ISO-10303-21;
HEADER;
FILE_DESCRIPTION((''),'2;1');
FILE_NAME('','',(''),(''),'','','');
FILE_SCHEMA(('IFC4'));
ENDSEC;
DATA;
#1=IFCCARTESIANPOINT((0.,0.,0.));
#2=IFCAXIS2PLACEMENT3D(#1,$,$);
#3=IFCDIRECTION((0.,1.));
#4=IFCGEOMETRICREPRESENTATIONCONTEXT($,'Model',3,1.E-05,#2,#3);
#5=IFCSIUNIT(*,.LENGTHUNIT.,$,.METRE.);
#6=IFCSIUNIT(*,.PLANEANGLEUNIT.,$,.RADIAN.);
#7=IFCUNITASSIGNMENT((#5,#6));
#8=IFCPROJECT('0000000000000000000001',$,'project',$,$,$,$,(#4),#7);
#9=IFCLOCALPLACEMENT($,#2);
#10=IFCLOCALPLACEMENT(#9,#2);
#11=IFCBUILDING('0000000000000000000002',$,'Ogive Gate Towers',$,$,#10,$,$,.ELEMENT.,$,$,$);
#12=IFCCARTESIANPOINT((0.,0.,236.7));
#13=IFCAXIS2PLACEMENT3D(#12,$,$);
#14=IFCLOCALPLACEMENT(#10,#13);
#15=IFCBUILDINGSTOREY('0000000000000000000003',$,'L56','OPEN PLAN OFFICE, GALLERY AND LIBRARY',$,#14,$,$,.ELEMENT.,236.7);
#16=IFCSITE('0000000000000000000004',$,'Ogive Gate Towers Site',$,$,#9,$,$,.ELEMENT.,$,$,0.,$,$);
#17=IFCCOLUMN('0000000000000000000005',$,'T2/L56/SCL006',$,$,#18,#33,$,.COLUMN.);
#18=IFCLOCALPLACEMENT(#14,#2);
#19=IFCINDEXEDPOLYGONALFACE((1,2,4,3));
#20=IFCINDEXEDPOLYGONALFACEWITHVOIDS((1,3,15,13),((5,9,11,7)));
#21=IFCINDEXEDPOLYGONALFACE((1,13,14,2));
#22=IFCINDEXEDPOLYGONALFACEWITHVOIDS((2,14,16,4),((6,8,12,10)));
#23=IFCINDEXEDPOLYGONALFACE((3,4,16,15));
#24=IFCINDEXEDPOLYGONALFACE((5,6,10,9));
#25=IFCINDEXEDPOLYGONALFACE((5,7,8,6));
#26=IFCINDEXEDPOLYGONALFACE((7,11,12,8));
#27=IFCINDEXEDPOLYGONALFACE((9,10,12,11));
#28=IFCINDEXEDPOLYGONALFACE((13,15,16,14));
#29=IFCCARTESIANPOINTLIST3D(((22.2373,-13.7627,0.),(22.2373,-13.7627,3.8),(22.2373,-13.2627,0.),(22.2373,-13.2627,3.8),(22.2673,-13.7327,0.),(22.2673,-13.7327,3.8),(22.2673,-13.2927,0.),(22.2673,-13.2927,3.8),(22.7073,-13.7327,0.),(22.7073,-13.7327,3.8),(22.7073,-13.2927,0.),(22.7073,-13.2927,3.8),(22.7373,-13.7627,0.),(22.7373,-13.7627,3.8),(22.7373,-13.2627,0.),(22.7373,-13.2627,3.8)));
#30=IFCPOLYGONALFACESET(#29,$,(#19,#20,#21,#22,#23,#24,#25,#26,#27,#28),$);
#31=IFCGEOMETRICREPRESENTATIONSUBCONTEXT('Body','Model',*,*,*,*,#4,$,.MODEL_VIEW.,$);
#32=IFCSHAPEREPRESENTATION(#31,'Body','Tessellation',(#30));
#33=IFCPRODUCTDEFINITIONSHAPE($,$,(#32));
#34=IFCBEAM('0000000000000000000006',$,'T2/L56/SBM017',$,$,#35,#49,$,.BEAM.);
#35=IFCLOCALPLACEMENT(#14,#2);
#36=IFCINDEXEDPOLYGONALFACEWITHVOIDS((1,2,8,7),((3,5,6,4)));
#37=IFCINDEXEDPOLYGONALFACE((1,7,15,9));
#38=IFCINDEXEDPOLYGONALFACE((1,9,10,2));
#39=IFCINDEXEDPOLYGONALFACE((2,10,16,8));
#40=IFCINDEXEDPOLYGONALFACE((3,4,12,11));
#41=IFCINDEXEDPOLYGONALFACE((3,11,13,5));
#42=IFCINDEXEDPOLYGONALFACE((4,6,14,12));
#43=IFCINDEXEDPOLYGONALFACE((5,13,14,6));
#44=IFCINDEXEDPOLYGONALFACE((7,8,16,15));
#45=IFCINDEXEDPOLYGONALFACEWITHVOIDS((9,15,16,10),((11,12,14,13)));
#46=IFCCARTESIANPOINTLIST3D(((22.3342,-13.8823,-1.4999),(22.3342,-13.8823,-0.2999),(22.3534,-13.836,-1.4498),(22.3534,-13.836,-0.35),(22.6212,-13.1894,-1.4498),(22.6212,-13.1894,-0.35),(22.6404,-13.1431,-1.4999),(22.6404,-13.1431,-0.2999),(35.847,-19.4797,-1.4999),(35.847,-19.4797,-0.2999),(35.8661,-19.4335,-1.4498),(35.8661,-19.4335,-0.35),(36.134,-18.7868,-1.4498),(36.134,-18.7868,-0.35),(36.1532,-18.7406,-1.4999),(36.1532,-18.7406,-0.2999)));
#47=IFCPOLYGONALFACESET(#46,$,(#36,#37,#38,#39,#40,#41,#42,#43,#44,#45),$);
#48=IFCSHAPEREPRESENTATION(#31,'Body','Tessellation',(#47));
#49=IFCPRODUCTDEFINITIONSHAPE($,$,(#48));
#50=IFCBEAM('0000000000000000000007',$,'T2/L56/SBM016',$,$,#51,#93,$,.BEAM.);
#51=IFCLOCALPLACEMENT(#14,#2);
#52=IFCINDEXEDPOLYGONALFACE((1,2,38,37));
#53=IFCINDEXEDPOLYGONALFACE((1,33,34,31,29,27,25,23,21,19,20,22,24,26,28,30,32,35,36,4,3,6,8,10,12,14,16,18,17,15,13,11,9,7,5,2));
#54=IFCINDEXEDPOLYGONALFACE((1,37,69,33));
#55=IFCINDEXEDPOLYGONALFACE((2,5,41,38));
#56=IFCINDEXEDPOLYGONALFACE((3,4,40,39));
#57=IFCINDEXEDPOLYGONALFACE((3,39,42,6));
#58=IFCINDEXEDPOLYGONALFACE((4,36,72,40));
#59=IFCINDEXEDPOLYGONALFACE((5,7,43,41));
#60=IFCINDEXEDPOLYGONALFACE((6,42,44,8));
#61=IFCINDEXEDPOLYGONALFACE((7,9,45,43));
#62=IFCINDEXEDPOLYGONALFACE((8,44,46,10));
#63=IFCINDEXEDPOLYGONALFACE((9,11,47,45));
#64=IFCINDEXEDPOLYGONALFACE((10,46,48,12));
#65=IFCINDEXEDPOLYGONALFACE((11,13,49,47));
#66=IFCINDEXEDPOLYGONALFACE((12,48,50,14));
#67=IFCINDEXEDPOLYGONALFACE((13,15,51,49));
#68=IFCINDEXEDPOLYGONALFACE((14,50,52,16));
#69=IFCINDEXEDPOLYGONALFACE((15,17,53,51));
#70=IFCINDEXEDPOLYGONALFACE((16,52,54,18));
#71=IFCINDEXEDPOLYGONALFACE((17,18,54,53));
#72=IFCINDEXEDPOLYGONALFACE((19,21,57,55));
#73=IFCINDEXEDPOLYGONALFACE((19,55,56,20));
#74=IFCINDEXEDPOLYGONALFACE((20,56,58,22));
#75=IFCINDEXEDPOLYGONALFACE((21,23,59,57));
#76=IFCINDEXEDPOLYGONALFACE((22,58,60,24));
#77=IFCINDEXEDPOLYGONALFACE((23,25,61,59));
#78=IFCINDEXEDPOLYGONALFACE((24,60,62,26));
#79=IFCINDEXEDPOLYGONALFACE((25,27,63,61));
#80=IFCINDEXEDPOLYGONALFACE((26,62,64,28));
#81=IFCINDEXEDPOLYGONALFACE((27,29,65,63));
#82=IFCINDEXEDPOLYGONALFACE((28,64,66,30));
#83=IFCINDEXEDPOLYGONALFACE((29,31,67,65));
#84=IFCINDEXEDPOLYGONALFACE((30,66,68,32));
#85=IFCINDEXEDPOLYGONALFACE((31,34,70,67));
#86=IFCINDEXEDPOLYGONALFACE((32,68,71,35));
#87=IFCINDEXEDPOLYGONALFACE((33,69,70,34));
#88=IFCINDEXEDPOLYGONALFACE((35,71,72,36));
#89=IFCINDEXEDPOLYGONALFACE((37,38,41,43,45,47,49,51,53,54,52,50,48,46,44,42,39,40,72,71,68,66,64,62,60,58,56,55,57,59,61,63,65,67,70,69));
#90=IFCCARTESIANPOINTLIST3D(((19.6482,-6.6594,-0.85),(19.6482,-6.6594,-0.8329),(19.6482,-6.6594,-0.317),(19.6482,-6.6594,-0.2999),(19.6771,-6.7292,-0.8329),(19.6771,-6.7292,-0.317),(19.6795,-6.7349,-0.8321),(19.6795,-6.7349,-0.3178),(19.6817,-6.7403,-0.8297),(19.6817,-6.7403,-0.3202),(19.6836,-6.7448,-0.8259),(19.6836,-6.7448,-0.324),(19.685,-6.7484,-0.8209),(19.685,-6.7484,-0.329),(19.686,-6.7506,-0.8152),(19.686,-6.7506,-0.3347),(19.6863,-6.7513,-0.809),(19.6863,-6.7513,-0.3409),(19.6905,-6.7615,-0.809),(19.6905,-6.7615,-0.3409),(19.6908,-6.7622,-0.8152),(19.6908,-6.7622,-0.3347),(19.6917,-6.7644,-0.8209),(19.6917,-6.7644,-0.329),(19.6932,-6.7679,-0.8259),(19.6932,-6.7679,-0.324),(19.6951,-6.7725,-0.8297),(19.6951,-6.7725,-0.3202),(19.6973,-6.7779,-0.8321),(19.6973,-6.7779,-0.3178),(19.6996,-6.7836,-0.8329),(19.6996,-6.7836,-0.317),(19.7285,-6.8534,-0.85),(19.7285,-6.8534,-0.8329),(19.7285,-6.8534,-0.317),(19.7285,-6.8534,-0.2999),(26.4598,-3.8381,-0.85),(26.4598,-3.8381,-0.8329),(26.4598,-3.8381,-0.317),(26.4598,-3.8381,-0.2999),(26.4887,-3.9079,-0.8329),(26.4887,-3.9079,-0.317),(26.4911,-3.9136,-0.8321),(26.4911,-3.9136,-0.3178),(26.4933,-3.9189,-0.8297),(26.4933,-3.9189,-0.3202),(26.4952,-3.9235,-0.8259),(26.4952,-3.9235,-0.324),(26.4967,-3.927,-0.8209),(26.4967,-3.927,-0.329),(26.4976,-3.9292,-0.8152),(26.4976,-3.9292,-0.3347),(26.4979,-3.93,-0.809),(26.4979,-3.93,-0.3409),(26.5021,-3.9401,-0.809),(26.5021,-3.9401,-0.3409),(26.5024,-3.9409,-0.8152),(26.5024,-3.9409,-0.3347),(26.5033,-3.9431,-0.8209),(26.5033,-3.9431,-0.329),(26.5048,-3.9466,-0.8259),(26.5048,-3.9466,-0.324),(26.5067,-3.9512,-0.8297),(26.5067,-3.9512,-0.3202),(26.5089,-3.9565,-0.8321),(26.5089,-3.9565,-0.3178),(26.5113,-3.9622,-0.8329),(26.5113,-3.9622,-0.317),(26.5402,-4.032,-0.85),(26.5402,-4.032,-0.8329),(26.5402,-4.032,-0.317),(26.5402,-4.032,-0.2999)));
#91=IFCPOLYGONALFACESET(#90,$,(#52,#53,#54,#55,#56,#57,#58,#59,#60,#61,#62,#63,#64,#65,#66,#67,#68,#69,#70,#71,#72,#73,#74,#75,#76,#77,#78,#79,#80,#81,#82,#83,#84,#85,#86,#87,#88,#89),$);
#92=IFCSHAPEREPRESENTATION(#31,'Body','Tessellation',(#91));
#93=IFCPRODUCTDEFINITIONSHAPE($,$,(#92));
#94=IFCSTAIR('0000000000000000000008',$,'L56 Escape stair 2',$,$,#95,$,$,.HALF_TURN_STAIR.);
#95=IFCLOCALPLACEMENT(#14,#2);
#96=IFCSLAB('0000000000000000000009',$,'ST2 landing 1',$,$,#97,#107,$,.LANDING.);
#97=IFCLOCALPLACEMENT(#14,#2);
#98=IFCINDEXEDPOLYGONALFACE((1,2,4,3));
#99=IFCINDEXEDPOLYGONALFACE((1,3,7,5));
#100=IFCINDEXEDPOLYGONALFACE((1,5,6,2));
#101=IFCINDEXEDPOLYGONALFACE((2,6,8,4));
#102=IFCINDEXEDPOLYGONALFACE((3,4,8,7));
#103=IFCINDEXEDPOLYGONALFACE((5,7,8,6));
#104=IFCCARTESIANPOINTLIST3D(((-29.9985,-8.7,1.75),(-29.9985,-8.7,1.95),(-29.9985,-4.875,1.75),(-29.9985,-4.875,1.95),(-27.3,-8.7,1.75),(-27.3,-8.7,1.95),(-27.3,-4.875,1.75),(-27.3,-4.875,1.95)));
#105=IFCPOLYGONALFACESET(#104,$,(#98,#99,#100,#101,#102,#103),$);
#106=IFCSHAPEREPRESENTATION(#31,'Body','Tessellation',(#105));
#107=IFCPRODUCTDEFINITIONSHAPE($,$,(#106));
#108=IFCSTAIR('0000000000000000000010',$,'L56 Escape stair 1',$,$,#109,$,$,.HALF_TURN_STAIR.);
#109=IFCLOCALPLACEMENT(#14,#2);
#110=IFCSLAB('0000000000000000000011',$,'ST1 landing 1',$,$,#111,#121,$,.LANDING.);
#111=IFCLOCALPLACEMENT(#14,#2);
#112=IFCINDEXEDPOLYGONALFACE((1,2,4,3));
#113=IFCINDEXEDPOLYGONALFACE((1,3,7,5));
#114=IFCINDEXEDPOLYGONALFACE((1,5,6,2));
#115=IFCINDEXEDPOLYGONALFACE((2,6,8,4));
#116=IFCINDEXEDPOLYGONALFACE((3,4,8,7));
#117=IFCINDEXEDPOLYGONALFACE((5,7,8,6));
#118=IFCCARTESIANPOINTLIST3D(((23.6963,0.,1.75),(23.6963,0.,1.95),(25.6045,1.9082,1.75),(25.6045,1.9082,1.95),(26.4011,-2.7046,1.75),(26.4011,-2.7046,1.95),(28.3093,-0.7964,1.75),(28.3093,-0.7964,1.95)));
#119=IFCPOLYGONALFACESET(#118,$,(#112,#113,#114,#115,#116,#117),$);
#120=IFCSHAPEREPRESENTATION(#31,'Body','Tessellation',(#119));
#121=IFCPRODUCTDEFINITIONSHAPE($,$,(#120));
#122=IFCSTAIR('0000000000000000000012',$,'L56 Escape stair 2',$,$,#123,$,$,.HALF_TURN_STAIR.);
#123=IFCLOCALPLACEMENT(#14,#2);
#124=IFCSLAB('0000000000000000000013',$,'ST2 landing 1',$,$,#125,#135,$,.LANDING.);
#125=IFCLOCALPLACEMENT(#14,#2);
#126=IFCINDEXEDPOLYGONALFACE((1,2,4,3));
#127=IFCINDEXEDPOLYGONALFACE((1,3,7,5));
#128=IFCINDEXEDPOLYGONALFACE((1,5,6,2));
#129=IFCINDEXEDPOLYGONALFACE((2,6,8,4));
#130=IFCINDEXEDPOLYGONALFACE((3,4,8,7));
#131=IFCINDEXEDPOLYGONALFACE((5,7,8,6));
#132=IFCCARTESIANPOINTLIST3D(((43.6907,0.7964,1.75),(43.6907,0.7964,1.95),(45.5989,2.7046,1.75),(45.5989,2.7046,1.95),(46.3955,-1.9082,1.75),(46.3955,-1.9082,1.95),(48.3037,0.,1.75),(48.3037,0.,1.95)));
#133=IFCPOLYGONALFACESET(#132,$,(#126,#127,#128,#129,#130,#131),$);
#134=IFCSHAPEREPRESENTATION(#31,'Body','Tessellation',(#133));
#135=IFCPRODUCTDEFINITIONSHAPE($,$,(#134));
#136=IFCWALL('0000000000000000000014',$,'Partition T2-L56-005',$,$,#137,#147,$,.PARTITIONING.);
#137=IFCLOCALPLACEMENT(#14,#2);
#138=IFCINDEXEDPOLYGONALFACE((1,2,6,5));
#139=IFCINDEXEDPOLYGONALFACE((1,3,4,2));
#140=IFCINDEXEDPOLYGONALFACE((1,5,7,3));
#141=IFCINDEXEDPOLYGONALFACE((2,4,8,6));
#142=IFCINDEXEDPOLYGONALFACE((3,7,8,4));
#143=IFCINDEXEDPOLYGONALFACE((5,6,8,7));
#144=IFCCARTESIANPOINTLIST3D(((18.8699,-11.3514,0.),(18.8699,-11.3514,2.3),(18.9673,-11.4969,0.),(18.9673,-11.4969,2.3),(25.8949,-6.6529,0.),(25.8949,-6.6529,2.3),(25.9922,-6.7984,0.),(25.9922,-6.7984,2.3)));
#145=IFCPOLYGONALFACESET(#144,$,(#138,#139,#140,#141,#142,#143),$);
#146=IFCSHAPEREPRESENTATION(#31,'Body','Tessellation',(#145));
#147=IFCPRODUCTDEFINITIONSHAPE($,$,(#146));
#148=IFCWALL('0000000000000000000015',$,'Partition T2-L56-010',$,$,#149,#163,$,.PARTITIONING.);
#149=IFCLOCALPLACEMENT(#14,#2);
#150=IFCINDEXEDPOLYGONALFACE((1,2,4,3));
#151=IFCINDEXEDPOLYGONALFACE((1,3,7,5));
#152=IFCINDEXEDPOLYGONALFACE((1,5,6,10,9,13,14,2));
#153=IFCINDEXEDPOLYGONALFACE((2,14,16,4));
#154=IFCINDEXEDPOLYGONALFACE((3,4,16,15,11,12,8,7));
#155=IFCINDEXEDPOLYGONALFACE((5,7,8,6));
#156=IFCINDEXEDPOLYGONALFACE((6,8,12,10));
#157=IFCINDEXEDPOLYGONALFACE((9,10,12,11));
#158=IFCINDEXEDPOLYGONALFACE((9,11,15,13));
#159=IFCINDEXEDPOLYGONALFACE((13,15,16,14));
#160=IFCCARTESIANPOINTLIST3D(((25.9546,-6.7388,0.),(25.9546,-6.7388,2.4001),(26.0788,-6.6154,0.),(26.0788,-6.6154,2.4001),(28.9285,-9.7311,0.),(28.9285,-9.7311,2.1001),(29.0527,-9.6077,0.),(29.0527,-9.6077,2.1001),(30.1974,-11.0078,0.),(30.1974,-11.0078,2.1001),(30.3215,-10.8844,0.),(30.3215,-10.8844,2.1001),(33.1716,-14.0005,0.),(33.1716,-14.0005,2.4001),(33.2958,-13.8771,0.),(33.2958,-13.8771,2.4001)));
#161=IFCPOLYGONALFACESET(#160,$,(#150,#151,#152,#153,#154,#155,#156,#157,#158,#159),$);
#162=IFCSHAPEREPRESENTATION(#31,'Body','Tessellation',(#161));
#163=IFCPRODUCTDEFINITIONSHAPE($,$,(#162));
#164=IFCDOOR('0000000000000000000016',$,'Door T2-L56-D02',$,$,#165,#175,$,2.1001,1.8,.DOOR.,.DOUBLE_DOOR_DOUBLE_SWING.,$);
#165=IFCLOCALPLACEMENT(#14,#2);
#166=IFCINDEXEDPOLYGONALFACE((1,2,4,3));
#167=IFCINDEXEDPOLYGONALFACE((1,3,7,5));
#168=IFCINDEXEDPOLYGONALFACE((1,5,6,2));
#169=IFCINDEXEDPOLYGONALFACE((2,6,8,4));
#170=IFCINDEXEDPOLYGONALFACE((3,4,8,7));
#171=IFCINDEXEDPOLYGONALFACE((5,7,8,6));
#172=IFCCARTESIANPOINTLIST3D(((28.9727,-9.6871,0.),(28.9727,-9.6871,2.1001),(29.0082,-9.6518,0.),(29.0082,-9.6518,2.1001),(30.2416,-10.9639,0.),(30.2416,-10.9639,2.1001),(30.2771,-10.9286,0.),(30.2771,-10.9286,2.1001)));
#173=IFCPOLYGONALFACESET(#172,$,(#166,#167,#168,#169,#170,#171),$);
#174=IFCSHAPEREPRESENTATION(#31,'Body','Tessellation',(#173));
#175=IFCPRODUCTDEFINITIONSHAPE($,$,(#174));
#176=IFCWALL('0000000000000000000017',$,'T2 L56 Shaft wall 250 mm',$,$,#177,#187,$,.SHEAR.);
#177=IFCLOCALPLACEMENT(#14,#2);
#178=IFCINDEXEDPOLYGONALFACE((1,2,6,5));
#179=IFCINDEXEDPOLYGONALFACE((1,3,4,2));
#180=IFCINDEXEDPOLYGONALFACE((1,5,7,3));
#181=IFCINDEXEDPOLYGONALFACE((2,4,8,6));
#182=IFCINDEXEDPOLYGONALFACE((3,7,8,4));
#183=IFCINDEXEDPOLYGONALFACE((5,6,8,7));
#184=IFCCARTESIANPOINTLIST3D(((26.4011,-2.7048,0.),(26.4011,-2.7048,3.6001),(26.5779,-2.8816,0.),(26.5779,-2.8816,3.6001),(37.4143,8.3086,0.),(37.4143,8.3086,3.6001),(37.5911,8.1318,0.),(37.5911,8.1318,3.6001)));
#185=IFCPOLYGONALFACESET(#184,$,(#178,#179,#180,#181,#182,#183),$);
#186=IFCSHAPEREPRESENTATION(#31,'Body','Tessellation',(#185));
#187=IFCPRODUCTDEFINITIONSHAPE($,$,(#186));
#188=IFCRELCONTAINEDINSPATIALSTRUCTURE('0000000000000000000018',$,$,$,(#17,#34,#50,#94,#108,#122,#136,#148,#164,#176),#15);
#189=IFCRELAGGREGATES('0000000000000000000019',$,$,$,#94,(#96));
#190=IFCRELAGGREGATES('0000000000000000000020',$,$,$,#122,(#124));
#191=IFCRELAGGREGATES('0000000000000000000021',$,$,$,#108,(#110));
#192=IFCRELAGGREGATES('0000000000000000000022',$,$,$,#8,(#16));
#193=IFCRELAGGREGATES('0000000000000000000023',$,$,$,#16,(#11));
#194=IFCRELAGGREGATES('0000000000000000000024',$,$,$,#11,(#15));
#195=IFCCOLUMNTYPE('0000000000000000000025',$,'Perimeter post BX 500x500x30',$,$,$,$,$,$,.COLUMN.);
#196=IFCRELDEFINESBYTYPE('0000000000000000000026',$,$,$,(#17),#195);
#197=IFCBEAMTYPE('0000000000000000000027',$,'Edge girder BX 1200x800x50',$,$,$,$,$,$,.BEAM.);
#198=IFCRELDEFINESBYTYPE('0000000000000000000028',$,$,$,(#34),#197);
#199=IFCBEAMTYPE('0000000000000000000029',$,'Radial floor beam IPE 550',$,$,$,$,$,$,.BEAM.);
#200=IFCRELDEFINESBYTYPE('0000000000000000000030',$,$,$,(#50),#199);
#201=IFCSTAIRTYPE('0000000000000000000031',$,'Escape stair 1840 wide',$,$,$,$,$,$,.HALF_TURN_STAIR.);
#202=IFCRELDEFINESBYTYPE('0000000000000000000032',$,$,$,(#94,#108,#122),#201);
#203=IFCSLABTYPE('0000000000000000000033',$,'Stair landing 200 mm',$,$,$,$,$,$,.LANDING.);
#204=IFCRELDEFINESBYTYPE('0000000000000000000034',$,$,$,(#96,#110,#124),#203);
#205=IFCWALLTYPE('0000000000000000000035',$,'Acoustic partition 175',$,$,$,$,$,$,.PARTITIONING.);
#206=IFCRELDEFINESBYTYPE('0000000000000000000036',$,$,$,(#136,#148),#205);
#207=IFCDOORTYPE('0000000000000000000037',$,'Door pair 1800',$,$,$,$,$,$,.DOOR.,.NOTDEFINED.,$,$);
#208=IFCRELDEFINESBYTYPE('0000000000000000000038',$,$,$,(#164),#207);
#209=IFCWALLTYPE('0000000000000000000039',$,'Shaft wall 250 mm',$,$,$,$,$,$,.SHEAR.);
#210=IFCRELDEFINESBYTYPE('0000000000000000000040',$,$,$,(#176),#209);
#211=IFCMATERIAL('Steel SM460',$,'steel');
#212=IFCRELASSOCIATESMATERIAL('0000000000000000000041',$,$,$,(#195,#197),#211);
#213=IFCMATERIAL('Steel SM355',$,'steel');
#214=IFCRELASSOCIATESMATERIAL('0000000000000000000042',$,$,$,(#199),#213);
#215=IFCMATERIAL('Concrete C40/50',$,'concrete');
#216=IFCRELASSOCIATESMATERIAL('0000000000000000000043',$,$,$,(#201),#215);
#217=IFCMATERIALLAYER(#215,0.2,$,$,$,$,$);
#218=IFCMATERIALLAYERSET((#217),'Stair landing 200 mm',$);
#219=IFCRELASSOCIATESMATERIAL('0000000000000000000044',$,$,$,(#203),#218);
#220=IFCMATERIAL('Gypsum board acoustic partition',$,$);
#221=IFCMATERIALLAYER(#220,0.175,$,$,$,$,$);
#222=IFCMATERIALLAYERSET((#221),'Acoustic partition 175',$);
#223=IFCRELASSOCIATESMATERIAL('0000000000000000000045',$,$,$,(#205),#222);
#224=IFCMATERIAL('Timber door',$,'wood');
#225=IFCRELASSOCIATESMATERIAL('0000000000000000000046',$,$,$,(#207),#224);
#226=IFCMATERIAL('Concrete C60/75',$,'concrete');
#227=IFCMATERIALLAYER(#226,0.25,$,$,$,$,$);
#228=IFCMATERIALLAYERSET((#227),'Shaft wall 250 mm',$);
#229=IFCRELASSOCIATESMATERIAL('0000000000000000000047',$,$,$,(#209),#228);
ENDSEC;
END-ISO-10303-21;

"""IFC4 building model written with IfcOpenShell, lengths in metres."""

from ifc_helpers import new_model, si_unit, direction, frame, frame_2d, origin, origin_2d, place, context, subcontext, project, spatial, polyline, rectangle, hollow_rectangle, i_section, outline, extrude, material, layer, layer_set, material_profile, profile_set, type_object, element, fill, aggregate, save


model = new_model("IFC4")

# Units and contexts
model_context = context("Model", 3, precision=1e-05, world=origin(), true_north=direction((0.0, 1.0)))
body_context = subcontext(model_context, "Body", "Model", "MODEL_VIEW")
ifc_project = project(units=[si_unit("LENGTHUNIT", "METRE"), si_unit("PLANEANGLEUNIT", "RADIAN")], contexts=[model_context])

# Site, building, storey
site_placement = place(None, origin())
site = spatial("IfcSite", under=ifc_project, at=site_placement, Name="Ogive Gate Towers Site", CompositionType="ELEMENT", RefElevation=0.0)
building_placement = place(site_placement, origin())
building = spatial("IfcBuilding", under=site, at=building_placement, Name="Ogive Gate Towers", CompositionType="ELEMENT")
storey_placement = place(building_placement, frame((0.0, 0.0, 236.7)))
storey = spatial("IfcBuildingStorey", under=building, at=storey_placement, Name="L56", Description="OPEN PLAN OFFICE, GALLERY AND LIBRARY", CompositionType="ELEMENT", Elevation=236.7)

# Column
ifc_material_1 = material(Name="Steel SM460", Category="steel")
ifc_material_profile_1 = material_profile(ifc_material_1, hollow_rectangle(XDim=0.5, YDim=0.5, WallThickness=0.03, at=origin_2d()), Name="BX 500x500x30")
ifc_profile_set_1 = profile_set([ifc_material_profile_1], Name="Steel SM460")
column_type = type_object("IfcColumnType", Name="Perimeter post BX 500x500x30", PredefinedType="COLUMN", material=ifc_profile_set_1)
column_placement = place(storey_placement, frame((22.4873, -13.5127, 0.0), z_axis=(0.0, 0.0, 1.0), x_axis=(1.0, 0.0, 0.0)))
element("IfcColumn", 1, at=column_placement, inside=storey, type_object=column_type, Name="T2/L56/SCL006", PredefinedType="COLUMN", context=body_context, shape_type="SweptSolid", body=[
    extrude(hollow_rectangle(XDim=0.5, YDim=0.5, WallThickness=0.03, at=origin_2d()), origin(), (0.0, 0.0, 1.0), 3.8),
])

# Beams
ifc_material_profile_2 = material_profile(ifc_material_1, hollow_rectangle(XDim=0.8, YDim=1.2, WallThickness=0.05, at=origin_2d()), Name="BX 1200x800x50")
ifc_profile_set_2 = profile_set([ifc_material_profile_2], Name="Steel SM460")
beam_type_1 = type_object("IfcBeamType", Name="Edge girder BX 1200x800x50", PredefinedType="BEAM", material=ifc_profile_set_2)
beam_1_placement = place(storey_placement, frame((22.4873, -13.5127, -0.8999), z_axis=(0.923873, -0.382699, 0.0), x_axis=(0.382699, 0.923873, 0.0)))
element("IfcBeam", 2, at=beam_1_placement, inside=storey, type_object=beam_type_1, Name="T2/L56/SBM017", PredefinedType="BEAM", context=body_context, shape_type="SweptSolid", body=[
    extrude(hollow_rectangle(XDim=0.8, YDim=1.2, WallThickness=0.05, at=origin_2d()), origin(), (0.0, 0.0, 1.0), 14.6262),
])
ifc_material_2 = material(Name="Steel SM355", Category="steel")
ifc_material_profile_3 = material_profile(ifc_material_2, i_section(OverallWidth=0.21, OverallDepth=0.55, WebThickness=0.011, FlangeThickness=0.0171, FilletRadius=0.0239, at=origin_2d()), Name="IPE 550")
ifc_profile_set_3 = profile_set([ifc_material_profile_3], Name="Steel SM355")
beam_type_2 = type_object("IfcBeamType", Name="Radial floor beam IPE 550", PredefinedType="BEAM", material=ifc_profile_set_3)
beam_2_placement = place(storey_placement, frame((26.5, -3.9351, -0.575), z_axis=(-0.923886, -0.382668, 0.0), x_axis=(0.382668, -0.923886, 0.0)))
element("IfcBeam", 3, at=beam_2_placement, inside=storey, type_object=beam_type_2, Name="T2/L56/SBM016", PredefinedType="BEAM", context=body_context, shape_type="SweptSolid", body=[
    extrude(i_section(OverallWidth=0.21, OverallDepth=0.55, WebThickness=0.011, FlangeThickness=0.0171, FilletRadius=0.0239, at=origin_2d()), origin(), (0.0, 0.0, 1.0), 7.3728),
])

# Stairs, slabs
ifc_material_3 = material(Name="Concrete C40/50", Category="concrete")
stair_type = type_object("IfcStairType", Name="Escape stair 1840 wide", PredefinedType="HALF_TURN_STAIR", material=ifc_material_3)
stair_1_placement = place(storey_placement, origin())
stair_1 = element("IfcStair", 4, at=stair_1_placement, inside=storey, type_object=stair_type, Name="L56 Escape stair 2", PredefinedType="HALF_TURN_STAIR")
ifc_layer_1 = layer(ifc_material_3, 0.2)
ifc_layer_set_1 = layer_set([ifc_layer_1], Name="Stair landing 200 mm")
slab_type = type_object("IfcSlabType", Name="Stair landing 200 mm", PredefinedType="LANDING", material=ifc_layer_set_1)
slab_1_placement = place(storey_placement, frame((0.0, 0.0, 1.75)))
slab_1 = element("IfcSlab", 5, at=slab_1_placement, type_object=slab_type, Name="ST2 landing 1", PredefinedType="LANDING", context=body_context, shape_type="SweptSolid", body=[
    extrude(outline(polyline([(-29.9985, -8.7), (-27.3, -8.7), (-27.3, -4.875), (-29.9985, -4.875), (-29.9985, -8.7)])), origin(), (0.0, 0.0, 1.0), 0.2),
])
aggregate(stair_1, [slab_1])
stair_2_placement = place(storey_placement, origin())
stair_2 = element("IfcStair", 6, at=stair_2_placement, inside=storey, type_object=stair_type, Name="L56 Escape stair 1", PredefinedType="HALF_TURN_STAIR")
slab_2_placement = place(storey_placement, frame((0.0, 0.0, 1.75)))
slab_2 = element("IfcSlab", 7, at=slab_2_placement, type_object=slab_type, Name="ST1 landing 1", PredefinedType="LANDING", context=body_context, shape_type="SweptSolid", body=[
    extrude(outline(polyline([(25.6045, 1.9082), (23.6963, 0.0), (26.4011, -2.7046), (28.3093, -0.7964), (25.6045, 1.9082)])), origin(), (0.0, 0.0, 1.0), 0.2),
])
stair_3_placement = place(storey_placement, origin())
stair_3 = element("IfcStair", 8, at=stair_3_placement, inside=storey, type_object=stair_type, Name="L56 Escape stair 2", PredefinedType="HALF_TURN_STAIR")
slab_3_placement = place(storey_placement, frame((0.0, 0.0, 1.75)))
slab_3 = element("IfcSlab", 9, at=slab_3_placement, type_object=slab_type, Name="ST2 landing 1", PredefinedType="LANDING", context=body_context, shape_type="SweptSolid", body=[
    extrude(outline(polyline([(46.3955, -1.9082), (48.3037, 0.0), (45.5989, 2.7046), (43.6907, 0.7964), (46.3955, -1.9082)])), origin(), (0.0, 0.0, 1.0), 0.2),
])
aggregate(stair_3, [slab_3])

# Wall
ifc_material_4 = material(Name="Gypsum board acoustic partition")
ifc_layer_2 = layer(ifc_material_4, 0.175)
ifc_layer_set_2 = layer_set([ifc_layer_2], Name="Acoustic partition 175")
wall_type_1 = type_object("IfcWallType", Name="Acoustic partition 175", PredefinedType="PARTITIONING", material=ifc_layer_set_2)
wall_1_placement = place(storey_placement, frame((18.9187, -11.4241, 0.0), z_axis=(0.0, 0.0, 1.0), x_axis=(0.831218, 0.555946, 0.0)))
element("IfcWall", 10, at=wall_1_placement, inside=storey, type_object=wall_type_1, Name="Partition T2-L56-005", PredefinedType="PARTITIONING", context=body_context, shape_type="SweptSolid", body=[
    extrude(rectangle(XDim=8.4514, YDim=0.175, at=frame_2d((4.2256, 0.0))), origin(), (0.0, 0.0, 1.0), 2.3),
])

# Wall, opening, door
wall_2_placement = place(storey_placement, frame((26.0166, -6.677, 0.0), z_axis=(0.0, 0.0, 1.0), x_axis=(0.704921, -0.709285, 0.0)))
wall_2 = element("IfcWall", 11, at=wall_2_placement, inside=storey, type_object=wall_type_1, Name="Partition T2-L56-010", PredefinedType="PARTITIONING", context=body_context, shape_type="SweptSolid", body=[
    extrude(rectangle(XDim=10.238, YDim=0.175, at=frame_2d((5.1191, 0.0))), origin(), (0.0, 0.0, 1.0), 2.4001),
])
opening_placement = place(wall_2_placement, frame((4.219, 0.0, 0.0)))
opening = element("IfcOpeningElement", 12, at=opening_placement, cuts=wall_2, PredefinedType="OPENING", context=body_context, shape_type="SweptSolid", body=[
    extrude(rectangle(XDim=1.8, YDim=2.1001, at=frame_2d((0.8999, 1.05))), frame((0.0, 0.0977, 0.0), z_axis=(0.0, -1.0, 0.0), x_axis=(1.0, 0.0, 0.0)), (0.0, 0.0, 1.0), 0.1951),
])
ifc_material_5 = material(Name="Timber door", Category="wood")
door_type = type_object("IfcDoorType", Name="Door pair 1800", OperationType="NOTDEFINED", PredefinedType="DOOR", material=ifc_material_5)
door_placement = place(opening_placement, origin())
door = element("IfcDoor", 13, at=door_placement, inside=storey, type_object=door_type, Name="Door T2-L56-D02", OperationType="DOUBLE_DOOR_DOUBLE_SWING", OverallHeight=2.1001, OverallWidth=1.8, PredefinedType="DOOR", context=body_context, shape_type="SweptSolid", body=[
    extrude(rectangle(XDim=1.8, YDim=2.1001, at=frame_2d((0.8999, 1.05))), frame((0.0, 0.0249, 0.0), z_axis=(0.0, -1.0, 0.0), x_axis=(1.0, 0.0, 0.0)), (0.0, 0.0, 1.0), 0.05),
])
fill(opening, door)

# Wall
ifc_material_6 = material(Name="Concrete C60/75", Category="concrete")
ifc_layer_3 = layer(ifc_material_6, 0.25)
ifc_layer_set_3 = layer_set([ifc_layer_3], Name="Shaft wall 250 mm")
wall_type_2 = type_object("IfcWallType", Name="Shaft wall 250 mm", PredefinedType="SHEAR", material=ifc_layer_set_3)
wall_3_placement = place(storey_placement, frame((26.4895, -2.7932, 0.0), z_axis=(0.0, 0.0, 1.0), x_axis=(0.707099, 0.707115, 0.0)))
element("IfcWall", 14, at=wall_3_placement, inside=storey, type_object=wall_type_2, Name="T2 L56 Shaft wall 250 mm", PredefinedType="SHEAR", context=body_context, shape_type="SweptSolid", body=[
    extrude(rectangle(XDim=15.5752, YDim=0.25, at=frame_2d((7.7876, 0.0))), origin(), (0.0, 0.0, 1.0), 3.6001),
])

aggregate(stair_2, [slab_2])

save(model, "model.ifc")
